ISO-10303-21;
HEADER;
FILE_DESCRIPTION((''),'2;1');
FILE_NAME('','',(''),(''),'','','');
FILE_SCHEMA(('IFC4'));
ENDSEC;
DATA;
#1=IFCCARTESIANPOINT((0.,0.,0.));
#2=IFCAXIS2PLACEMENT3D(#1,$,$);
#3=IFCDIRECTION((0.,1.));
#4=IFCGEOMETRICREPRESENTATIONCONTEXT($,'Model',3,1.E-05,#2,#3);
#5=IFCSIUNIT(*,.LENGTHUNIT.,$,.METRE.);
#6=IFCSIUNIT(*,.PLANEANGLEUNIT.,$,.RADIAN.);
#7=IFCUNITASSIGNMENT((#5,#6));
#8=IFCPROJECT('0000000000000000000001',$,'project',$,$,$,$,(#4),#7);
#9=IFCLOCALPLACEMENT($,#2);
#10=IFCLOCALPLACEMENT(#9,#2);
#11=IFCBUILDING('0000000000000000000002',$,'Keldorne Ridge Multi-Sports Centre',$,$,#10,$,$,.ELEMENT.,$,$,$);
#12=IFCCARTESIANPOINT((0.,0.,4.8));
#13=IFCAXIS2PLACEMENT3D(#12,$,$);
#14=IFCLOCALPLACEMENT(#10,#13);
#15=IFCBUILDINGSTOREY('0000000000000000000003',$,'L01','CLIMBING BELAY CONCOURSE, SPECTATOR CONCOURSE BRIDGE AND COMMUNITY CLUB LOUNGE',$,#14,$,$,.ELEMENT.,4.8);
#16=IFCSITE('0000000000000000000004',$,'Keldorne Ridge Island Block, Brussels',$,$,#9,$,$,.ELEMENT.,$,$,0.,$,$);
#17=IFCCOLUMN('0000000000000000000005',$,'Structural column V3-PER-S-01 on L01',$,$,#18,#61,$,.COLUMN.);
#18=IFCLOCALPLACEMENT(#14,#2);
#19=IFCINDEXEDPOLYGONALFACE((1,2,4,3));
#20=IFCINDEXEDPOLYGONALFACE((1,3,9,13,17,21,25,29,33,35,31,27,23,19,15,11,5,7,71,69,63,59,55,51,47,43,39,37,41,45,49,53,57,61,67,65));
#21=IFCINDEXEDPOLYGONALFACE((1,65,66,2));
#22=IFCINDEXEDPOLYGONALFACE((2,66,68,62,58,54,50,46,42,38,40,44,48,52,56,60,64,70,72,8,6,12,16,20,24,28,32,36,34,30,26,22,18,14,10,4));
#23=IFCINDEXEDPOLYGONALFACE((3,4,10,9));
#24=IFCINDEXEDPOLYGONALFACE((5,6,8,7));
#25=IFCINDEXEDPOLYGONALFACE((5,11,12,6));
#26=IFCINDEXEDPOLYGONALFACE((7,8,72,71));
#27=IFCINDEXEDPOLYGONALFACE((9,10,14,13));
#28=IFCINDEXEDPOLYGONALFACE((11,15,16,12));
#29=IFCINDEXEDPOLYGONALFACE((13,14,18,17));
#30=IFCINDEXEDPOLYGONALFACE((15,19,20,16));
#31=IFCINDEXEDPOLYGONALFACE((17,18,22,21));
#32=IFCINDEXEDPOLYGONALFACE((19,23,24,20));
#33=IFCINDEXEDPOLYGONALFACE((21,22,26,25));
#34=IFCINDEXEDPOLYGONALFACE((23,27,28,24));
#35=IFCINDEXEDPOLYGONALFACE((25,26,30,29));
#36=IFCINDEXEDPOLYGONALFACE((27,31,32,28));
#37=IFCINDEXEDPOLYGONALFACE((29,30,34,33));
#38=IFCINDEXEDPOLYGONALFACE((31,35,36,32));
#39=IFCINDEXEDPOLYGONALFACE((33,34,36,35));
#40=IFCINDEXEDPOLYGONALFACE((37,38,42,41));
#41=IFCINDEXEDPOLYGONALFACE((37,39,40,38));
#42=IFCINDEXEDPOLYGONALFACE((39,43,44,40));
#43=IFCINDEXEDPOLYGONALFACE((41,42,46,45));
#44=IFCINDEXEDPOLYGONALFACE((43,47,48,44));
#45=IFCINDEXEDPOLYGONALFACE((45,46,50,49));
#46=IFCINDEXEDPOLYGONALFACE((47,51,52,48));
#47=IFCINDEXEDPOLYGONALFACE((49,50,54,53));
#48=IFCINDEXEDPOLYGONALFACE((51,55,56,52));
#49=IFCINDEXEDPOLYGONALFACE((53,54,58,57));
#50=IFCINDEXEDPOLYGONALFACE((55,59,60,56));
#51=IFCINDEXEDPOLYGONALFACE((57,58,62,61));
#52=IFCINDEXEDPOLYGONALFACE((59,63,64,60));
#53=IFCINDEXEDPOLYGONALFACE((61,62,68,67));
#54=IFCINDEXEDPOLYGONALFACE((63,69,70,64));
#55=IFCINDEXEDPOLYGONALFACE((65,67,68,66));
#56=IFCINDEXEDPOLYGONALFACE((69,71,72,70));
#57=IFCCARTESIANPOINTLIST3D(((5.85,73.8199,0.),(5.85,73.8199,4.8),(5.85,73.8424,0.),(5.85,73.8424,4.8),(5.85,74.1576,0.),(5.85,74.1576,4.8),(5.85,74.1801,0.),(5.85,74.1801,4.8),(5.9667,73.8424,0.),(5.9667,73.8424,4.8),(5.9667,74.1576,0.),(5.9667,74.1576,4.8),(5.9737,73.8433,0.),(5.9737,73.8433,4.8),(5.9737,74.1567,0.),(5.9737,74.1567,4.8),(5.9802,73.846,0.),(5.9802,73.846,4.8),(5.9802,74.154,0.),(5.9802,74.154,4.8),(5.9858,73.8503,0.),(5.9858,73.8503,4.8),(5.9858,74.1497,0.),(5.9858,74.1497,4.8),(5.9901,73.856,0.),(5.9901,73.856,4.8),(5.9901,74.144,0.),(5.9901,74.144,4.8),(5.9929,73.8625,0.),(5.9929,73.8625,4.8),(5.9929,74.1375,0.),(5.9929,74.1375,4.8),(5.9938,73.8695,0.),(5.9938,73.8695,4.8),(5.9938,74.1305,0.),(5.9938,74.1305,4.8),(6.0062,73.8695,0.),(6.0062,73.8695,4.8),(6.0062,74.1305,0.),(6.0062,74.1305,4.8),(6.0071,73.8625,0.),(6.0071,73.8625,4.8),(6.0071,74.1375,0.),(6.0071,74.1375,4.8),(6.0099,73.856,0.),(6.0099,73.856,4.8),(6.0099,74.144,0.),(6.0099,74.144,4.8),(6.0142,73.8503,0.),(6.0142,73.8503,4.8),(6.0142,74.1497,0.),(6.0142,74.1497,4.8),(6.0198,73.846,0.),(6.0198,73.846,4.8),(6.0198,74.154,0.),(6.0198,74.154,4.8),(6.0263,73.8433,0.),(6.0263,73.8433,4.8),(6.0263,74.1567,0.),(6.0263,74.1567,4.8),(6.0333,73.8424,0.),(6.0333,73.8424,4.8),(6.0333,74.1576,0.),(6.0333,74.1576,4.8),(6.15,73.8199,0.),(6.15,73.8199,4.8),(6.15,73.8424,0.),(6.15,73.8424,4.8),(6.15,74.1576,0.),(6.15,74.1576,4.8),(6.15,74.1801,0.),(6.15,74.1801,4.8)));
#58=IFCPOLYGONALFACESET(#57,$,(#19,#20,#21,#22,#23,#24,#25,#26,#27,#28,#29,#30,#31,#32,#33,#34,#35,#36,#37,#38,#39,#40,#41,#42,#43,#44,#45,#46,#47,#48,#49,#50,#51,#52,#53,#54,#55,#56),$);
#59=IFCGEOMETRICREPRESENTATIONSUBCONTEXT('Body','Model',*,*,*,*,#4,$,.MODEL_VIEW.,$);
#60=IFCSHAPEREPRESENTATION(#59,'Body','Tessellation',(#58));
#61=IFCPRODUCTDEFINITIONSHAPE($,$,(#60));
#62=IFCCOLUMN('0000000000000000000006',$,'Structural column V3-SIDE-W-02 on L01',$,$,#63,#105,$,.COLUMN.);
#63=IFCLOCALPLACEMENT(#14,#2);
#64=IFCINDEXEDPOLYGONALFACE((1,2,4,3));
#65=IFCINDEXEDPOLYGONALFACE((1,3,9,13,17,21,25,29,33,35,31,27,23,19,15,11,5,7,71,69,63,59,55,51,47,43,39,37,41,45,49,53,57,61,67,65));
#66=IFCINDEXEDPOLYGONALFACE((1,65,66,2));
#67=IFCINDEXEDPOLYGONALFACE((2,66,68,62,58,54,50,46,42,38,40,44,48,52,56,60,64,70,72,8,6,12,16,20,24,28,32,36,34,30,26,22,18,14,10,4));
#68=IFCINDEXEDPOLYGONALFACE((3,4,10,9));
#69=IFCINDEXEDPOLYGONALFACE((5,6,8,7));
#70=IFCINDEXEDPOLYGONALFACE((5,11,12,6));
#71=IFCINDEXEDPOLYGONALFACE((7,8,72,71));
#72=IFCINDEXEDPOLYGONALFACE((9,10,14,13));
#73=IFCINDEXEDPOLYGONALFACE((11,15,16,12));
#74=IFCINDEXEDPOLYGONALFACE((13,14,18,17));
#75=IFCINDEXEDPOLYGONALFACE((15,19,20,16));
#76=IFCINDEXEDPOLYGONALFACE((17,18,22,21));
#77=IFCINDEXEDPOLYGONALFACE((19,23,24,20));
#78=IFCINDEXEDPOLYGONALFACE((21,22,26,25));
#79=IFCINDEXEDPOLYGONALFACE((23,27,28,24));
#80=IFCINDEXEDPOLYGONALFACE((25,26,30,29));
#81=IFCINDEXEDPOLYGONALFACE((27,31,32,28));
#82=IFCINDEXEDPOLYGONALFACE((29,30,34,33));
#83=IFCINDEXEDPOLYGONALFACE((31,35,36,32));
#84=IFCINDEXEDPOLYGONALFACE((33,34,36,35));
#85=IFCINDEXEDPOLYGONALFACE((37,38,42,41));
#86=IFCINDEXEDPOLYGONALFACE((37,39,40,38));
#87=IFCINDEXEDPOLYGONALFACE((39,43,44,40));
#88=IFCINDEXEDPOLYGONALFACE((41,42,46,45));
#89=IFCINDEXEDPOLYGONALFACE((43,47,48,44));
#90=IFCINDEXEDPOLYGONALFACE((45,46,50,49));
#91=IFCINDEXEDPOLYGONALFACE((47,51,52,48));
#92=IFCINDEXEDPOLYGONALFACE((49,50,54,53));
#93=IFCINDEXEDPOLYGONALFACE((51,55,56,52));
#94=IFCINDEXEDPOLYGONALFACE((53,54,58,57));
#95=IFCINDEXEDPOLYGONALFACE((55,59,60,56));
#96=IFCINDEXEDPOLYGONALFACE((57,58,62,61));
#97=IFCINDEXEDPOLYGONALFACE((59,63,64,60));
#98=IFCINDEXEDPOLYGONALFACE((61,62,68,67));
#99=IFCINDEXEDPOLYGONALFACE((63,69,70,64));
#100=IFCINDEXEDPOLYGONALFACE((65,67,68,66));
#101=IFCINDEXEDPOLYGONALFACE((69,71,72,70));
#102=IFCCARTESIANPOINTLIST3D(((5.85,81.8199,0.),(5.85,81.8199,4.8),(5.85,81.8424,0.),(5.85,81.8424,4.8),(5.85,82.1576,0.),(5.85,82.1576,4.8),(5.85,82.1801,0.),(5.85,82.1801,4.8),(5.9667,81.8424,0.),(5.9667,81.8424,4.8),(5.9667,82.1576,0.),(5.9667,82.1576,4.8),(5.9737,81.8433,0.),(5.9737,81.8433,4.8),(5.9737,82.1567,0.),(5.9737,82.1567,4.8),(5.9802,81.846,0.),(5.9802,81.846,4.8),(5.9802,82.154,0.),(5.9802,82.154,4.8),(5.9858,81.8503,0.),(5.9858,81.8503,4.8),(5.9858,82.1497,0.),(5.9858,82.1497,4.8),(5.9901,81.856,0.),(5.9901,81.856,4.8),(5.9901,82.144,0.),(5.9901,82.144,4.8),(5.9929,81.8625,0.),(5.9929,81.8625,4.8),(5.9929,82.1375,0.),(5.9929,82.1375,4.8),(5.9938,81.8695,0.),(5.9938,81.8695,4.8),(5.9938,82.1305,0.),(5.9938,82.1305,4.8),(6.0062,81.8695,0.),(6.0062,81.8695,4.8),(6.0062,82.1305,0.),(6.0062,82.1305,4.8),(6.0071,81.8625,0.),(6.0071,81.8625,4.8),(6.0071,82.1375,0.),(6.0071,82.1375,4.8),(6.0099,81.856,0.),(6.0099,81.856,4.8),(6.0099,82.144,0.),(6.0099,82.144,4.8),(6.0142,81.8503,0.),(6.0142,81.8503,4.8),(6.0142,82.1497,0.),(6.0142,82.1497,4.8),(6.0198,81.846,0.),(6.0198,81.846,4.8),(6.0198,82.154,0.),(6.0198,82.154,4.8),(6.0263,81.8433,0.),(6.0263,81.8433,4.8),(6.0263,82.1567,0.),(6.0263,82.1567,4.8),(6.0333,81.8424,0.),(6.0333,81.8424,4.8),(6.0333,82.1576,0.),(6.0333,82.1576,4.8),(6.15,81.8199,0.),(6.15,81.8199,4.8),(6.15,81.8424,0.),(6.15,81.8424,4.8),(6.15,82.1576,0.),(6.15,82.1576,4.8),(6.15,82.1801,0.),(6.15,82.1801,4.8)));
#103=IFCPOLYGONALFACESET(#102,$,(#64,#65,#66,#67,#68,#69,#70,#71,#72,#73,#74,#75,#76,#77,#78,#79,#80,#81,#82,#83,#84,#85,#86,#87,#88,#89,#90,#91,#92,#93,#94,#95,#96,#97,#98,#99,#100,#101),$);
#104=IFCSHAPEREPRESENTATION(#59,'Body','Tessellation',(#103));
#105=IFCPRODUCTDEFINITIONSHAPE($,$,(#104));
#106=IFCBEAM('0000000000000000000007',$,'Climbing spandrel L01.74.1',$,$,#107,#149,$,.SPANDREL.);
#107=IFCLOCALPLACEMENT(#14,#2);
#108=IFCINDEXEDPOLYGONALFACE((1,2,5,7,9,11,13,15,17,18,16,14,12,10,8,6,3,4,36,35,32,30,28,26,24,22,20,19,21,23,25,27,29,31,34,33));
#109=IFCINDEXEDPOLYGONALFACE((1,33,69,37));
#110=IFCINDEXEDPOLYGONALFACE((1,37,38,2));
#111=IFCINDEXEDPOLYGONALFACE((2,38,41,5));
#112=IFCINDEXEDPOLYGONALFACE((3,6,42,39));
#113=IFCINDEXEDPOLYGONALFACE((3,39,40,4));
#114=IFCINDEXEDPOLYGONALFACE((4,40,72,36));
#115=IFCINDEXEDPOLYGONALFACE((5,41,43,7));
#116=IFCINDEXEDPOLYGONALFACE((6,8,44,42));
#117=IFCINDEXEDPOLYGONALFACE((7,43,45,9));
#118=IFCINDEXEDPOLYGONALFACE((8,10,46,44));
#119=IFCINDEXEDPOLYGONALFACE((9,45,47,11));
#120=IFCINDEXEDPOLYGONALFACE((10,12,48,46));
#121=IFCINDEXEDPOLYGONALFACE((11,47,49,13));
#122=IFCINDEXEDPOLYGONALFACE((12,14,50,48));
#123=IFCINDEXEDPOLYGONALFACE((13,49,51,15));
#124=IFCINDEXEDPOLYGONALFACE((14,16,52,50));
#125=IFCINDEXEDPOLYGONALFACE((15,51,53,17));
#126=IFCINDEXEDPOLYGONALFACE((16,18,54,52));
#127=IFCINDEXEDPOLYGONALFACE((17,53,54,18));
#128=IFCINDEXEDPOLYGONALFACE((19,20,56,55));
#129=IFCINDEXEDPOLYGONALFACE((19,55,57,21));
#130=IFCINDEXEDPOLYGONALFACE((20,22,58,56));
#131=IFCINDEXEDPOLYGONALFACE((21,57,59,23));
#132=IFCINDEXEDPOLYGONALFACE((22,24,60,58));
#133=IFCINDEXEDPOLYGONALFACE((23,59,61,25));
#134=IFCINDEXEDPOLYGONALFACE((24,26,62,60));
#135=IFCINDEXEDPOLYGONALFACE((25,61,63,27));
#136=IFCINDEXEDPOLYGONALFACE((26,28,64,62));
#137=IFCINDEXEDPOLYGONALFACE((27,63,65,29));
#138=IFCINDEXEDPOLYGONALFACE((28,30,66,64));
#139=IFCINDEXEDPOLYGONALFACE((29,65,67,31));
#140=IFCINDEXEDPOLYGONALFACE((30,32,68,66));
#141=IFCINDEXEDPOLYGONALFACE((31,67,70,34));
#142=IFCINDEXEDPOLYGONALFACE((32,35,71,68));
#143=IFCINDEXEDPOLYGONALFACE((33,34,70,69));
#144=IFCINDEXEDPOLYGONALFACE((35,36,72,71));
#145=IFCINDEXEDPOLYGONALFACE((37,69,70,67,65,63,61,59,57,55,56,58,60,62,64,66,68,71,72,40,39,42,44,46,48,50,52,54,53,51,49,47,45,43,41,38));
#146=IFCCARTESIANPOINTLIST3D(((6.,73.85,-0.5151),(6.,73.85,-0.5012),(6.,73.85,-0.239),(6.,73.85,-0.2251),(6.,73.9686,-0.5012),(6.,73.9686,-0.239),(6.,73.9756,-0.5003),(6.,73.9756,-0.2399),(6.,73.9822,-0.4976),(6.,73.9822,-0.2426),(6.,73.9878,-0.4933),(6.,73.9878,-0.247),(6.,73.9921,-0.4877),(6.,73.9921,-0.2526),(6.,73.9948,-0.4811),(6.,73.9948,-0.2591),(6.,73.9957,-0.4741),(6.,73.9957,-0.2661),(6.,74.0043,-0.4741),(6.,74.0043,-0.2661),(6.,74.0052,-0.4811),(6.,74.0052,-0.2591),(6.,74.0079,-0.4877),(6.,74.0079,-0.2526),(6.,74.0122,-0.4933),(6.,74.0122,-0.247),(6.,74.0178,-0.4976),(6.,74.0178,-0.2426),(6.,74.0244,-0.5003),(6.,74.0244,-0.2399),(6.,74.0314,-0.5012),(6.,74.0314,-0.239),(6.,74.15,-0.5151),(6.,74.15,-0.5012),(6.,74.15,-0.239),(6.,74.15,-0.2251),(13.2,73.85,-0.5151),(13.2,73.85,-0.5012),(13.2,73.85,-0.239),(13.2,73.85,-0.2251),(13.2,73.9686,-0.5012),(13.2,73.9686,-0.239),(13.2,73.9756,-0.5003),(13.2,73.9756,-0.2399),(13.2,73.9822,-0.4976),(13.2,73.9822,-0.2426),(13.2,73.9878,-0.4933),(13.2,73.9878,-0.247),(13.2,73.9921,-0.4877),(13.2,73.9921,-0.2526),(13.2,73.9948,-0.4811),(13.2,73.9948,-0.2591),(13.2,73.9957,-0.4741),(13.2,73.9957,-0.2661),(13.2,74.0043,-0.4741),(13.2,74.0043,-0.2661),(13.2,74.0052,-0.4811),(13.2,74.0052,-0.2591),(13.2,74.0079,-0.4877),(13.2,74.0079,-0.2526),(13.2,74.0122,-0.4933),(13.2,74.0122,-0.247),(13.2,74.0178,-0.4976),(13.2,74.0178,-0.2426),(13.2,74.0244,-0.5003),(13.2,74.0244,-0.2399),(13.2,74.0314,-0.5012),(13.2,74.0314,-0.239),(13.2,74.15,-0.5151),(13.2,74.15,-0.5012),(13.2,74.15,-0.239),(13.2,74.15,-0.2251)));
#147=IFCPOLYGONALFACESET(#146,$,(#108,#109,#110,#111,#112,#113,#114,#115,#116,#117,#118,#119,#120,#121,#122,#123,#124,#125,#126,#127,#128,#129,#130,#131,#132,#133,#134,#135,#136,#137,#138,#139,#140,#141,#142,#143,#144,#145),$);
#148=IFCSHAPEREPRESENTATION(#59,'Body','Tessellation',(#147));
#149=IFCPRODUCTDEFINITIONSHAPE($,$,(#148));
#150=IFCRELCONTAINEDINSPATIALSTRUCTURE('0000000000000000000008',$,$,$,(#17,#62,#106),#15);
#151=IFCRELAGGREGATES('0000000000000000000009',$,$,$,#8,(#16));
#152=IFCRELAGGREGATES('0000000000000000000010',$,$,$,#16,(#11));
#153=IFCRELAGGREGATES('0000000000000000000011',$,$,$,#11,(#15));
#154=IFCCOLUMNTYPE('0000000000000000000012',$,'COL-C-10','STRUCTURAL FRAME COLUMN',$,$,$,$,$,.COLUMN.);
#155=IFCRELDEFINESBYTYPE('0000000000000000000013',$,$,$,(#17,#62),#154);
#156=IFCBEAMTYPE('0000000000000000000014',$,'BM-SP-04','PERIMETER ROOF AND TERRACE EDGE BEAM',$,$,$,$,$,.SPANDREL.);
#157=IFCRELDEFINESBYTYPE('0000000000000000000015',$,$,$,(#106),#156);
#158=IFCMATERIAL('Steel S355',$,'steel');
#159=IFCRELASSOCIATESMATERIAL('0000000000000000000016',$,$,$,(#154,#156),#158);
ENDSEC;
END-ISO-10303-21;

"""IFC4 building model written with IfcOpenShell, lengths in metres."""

from ifc_helpers import new_model, si_unit, direction, frame, origin, origin_2d, place, context, subcontext, project, spatial, i_section, extrude, material, material_profile, profile_set, type_object, element, save


model = new_model("IFC4")

# Units and contexts
model_context = context("Model", 3, precision=1e-05, world=origin(), true_north=direction((0.0, 1.0)))
body_context = subcontext(model_context, "Body", "Model", "MODEL_VIEW")
ifc_project = project(units=[si_unit("LENGTHUNIT", "METRE"), si_unit("PLANEANGLEUNIT", "RADIAN")], contexts=[model_context])

# Site, building, storey
site_placement = place(None, origin())
site = spatial("IfcSite", under=ifc_project, at=site_placement, Name="Keldorne Ridge Island Block, Brussels", CompositionType="ELEMENT", RefElevation=0.0)
building_placement = place(site_placement, origin())
building = spatial("IfcBuilding", under=site, at=building_placement, Name="Keldorne Ridge Multi-Sports Centre", CompositionType="ELEMENT")
storey_placement = place(building_placement, frame((0.0, 0.0, 4.8)))
storey = spatial("IfcBuildingStorey", under=building, at=storey_placement, Name="L01", Description="CLIMBING BELAY CONCOURSE, SPECTATOR CONCOURSE BRIDGE AND COMMUNITY CLUB LOUNGE", CompositionType="ELEMENT", Elevation=4.8)

# Columns
ifc_material_1 = material(Name="Steel S355", Category="steel")
ifc_material_profile_1 = material_profile(ifc_material_1, i_section(OverallWidth=0.3, OverallDepth=0.3601, WebThickness=0.0125, FlangeThickness=0.0225, FilletRadius=0.0271, at=origin_2d()), Name="HEB 360")
ifc_profile_set_1 = profile_set([ifc_material_profile_1], Name="Steel S355")
column_type = type_object("IfcColumnType", Name="COL-C-10", Description="STRUCTURAL FRAME COLUMN", PredefinedType="COLUMN", material=ifc_profile_set_1)
for number, where, z_axis, x_axis, name in (
    (1, (6.0, 74.0, 0.0), (0.0, 0.0, 1.0), (1.0, 0.0, 0.0), "Structural column V3-PER-S-01 on L01"),
    (2, (6.0, 82.0, 0.0), (0.0, 0.0, 1.0), (1.0, 0.0, 0.0), "Structural column V3-SIDE-W-02 on L01"),
):
    element("IfcColumn", number, at=place(storey_placement, frame(where, z_axis=z_axis, x_axis=x_axis)), inside=storey, type_object=column_type, Name=name, PredefinedType="COLUMN", context=body_context, shape_type="SweptSolid", body=[
        extrude(i_section(OverallWidth=0.3, OverallDepth=0.3601, WebThickness=0.0125, FlangeThickness=0.0225, FilletRadius=0.0271, at=origin_2d()), origin(), (0.0, 0.0, 1.0), 4.8),
    ])

# Beam
ifc_material_profile_2 = material_profile(ifc_material_1, i_section(OverallWidth=0.3, OverallDepth=0.29, WebThickness=0.0085, FlangeThickness=0.0139, FilletRadius=0.0271, at=origin_2d()), Name="HEA 300")
ifc_profile_set_2 = profile_set([ifc_material_profile_2], Name="Steel S355")
beam_type = type_object("IfcBeamType", Name="BM-SP-04", Description="PERIMETER ROOF AND TERRACE EDGE BEAM", PredefinedType="SPANDREL", material=ifc_profile_set_2)
beam_placement = place(storey_placement, frame((6.0, 74.0, -0.3701), z_axis=(1.0, 0.0, 0.0), x_axis=(0.0, 1.0, 0.0)))
element("IfcBeam", 3, at=beam_placement, inside=storey, type_object=beam_type, Name="Climbing spandrel L01.74.1", PredefinedType="SPANDREL", context=body_context, shape_type="SweptSolid", body=[
    extrude(i_section(OverallWidth=0.3, OverallDepth=0.29, WebThickness=0.0085, FlangeThickness=0.0139, FilletRadius=0.0271, at=origin_2d()), origin(), (0.0, 0.0, 1.0), 7.2),
])

save(model, "model.ifc")
